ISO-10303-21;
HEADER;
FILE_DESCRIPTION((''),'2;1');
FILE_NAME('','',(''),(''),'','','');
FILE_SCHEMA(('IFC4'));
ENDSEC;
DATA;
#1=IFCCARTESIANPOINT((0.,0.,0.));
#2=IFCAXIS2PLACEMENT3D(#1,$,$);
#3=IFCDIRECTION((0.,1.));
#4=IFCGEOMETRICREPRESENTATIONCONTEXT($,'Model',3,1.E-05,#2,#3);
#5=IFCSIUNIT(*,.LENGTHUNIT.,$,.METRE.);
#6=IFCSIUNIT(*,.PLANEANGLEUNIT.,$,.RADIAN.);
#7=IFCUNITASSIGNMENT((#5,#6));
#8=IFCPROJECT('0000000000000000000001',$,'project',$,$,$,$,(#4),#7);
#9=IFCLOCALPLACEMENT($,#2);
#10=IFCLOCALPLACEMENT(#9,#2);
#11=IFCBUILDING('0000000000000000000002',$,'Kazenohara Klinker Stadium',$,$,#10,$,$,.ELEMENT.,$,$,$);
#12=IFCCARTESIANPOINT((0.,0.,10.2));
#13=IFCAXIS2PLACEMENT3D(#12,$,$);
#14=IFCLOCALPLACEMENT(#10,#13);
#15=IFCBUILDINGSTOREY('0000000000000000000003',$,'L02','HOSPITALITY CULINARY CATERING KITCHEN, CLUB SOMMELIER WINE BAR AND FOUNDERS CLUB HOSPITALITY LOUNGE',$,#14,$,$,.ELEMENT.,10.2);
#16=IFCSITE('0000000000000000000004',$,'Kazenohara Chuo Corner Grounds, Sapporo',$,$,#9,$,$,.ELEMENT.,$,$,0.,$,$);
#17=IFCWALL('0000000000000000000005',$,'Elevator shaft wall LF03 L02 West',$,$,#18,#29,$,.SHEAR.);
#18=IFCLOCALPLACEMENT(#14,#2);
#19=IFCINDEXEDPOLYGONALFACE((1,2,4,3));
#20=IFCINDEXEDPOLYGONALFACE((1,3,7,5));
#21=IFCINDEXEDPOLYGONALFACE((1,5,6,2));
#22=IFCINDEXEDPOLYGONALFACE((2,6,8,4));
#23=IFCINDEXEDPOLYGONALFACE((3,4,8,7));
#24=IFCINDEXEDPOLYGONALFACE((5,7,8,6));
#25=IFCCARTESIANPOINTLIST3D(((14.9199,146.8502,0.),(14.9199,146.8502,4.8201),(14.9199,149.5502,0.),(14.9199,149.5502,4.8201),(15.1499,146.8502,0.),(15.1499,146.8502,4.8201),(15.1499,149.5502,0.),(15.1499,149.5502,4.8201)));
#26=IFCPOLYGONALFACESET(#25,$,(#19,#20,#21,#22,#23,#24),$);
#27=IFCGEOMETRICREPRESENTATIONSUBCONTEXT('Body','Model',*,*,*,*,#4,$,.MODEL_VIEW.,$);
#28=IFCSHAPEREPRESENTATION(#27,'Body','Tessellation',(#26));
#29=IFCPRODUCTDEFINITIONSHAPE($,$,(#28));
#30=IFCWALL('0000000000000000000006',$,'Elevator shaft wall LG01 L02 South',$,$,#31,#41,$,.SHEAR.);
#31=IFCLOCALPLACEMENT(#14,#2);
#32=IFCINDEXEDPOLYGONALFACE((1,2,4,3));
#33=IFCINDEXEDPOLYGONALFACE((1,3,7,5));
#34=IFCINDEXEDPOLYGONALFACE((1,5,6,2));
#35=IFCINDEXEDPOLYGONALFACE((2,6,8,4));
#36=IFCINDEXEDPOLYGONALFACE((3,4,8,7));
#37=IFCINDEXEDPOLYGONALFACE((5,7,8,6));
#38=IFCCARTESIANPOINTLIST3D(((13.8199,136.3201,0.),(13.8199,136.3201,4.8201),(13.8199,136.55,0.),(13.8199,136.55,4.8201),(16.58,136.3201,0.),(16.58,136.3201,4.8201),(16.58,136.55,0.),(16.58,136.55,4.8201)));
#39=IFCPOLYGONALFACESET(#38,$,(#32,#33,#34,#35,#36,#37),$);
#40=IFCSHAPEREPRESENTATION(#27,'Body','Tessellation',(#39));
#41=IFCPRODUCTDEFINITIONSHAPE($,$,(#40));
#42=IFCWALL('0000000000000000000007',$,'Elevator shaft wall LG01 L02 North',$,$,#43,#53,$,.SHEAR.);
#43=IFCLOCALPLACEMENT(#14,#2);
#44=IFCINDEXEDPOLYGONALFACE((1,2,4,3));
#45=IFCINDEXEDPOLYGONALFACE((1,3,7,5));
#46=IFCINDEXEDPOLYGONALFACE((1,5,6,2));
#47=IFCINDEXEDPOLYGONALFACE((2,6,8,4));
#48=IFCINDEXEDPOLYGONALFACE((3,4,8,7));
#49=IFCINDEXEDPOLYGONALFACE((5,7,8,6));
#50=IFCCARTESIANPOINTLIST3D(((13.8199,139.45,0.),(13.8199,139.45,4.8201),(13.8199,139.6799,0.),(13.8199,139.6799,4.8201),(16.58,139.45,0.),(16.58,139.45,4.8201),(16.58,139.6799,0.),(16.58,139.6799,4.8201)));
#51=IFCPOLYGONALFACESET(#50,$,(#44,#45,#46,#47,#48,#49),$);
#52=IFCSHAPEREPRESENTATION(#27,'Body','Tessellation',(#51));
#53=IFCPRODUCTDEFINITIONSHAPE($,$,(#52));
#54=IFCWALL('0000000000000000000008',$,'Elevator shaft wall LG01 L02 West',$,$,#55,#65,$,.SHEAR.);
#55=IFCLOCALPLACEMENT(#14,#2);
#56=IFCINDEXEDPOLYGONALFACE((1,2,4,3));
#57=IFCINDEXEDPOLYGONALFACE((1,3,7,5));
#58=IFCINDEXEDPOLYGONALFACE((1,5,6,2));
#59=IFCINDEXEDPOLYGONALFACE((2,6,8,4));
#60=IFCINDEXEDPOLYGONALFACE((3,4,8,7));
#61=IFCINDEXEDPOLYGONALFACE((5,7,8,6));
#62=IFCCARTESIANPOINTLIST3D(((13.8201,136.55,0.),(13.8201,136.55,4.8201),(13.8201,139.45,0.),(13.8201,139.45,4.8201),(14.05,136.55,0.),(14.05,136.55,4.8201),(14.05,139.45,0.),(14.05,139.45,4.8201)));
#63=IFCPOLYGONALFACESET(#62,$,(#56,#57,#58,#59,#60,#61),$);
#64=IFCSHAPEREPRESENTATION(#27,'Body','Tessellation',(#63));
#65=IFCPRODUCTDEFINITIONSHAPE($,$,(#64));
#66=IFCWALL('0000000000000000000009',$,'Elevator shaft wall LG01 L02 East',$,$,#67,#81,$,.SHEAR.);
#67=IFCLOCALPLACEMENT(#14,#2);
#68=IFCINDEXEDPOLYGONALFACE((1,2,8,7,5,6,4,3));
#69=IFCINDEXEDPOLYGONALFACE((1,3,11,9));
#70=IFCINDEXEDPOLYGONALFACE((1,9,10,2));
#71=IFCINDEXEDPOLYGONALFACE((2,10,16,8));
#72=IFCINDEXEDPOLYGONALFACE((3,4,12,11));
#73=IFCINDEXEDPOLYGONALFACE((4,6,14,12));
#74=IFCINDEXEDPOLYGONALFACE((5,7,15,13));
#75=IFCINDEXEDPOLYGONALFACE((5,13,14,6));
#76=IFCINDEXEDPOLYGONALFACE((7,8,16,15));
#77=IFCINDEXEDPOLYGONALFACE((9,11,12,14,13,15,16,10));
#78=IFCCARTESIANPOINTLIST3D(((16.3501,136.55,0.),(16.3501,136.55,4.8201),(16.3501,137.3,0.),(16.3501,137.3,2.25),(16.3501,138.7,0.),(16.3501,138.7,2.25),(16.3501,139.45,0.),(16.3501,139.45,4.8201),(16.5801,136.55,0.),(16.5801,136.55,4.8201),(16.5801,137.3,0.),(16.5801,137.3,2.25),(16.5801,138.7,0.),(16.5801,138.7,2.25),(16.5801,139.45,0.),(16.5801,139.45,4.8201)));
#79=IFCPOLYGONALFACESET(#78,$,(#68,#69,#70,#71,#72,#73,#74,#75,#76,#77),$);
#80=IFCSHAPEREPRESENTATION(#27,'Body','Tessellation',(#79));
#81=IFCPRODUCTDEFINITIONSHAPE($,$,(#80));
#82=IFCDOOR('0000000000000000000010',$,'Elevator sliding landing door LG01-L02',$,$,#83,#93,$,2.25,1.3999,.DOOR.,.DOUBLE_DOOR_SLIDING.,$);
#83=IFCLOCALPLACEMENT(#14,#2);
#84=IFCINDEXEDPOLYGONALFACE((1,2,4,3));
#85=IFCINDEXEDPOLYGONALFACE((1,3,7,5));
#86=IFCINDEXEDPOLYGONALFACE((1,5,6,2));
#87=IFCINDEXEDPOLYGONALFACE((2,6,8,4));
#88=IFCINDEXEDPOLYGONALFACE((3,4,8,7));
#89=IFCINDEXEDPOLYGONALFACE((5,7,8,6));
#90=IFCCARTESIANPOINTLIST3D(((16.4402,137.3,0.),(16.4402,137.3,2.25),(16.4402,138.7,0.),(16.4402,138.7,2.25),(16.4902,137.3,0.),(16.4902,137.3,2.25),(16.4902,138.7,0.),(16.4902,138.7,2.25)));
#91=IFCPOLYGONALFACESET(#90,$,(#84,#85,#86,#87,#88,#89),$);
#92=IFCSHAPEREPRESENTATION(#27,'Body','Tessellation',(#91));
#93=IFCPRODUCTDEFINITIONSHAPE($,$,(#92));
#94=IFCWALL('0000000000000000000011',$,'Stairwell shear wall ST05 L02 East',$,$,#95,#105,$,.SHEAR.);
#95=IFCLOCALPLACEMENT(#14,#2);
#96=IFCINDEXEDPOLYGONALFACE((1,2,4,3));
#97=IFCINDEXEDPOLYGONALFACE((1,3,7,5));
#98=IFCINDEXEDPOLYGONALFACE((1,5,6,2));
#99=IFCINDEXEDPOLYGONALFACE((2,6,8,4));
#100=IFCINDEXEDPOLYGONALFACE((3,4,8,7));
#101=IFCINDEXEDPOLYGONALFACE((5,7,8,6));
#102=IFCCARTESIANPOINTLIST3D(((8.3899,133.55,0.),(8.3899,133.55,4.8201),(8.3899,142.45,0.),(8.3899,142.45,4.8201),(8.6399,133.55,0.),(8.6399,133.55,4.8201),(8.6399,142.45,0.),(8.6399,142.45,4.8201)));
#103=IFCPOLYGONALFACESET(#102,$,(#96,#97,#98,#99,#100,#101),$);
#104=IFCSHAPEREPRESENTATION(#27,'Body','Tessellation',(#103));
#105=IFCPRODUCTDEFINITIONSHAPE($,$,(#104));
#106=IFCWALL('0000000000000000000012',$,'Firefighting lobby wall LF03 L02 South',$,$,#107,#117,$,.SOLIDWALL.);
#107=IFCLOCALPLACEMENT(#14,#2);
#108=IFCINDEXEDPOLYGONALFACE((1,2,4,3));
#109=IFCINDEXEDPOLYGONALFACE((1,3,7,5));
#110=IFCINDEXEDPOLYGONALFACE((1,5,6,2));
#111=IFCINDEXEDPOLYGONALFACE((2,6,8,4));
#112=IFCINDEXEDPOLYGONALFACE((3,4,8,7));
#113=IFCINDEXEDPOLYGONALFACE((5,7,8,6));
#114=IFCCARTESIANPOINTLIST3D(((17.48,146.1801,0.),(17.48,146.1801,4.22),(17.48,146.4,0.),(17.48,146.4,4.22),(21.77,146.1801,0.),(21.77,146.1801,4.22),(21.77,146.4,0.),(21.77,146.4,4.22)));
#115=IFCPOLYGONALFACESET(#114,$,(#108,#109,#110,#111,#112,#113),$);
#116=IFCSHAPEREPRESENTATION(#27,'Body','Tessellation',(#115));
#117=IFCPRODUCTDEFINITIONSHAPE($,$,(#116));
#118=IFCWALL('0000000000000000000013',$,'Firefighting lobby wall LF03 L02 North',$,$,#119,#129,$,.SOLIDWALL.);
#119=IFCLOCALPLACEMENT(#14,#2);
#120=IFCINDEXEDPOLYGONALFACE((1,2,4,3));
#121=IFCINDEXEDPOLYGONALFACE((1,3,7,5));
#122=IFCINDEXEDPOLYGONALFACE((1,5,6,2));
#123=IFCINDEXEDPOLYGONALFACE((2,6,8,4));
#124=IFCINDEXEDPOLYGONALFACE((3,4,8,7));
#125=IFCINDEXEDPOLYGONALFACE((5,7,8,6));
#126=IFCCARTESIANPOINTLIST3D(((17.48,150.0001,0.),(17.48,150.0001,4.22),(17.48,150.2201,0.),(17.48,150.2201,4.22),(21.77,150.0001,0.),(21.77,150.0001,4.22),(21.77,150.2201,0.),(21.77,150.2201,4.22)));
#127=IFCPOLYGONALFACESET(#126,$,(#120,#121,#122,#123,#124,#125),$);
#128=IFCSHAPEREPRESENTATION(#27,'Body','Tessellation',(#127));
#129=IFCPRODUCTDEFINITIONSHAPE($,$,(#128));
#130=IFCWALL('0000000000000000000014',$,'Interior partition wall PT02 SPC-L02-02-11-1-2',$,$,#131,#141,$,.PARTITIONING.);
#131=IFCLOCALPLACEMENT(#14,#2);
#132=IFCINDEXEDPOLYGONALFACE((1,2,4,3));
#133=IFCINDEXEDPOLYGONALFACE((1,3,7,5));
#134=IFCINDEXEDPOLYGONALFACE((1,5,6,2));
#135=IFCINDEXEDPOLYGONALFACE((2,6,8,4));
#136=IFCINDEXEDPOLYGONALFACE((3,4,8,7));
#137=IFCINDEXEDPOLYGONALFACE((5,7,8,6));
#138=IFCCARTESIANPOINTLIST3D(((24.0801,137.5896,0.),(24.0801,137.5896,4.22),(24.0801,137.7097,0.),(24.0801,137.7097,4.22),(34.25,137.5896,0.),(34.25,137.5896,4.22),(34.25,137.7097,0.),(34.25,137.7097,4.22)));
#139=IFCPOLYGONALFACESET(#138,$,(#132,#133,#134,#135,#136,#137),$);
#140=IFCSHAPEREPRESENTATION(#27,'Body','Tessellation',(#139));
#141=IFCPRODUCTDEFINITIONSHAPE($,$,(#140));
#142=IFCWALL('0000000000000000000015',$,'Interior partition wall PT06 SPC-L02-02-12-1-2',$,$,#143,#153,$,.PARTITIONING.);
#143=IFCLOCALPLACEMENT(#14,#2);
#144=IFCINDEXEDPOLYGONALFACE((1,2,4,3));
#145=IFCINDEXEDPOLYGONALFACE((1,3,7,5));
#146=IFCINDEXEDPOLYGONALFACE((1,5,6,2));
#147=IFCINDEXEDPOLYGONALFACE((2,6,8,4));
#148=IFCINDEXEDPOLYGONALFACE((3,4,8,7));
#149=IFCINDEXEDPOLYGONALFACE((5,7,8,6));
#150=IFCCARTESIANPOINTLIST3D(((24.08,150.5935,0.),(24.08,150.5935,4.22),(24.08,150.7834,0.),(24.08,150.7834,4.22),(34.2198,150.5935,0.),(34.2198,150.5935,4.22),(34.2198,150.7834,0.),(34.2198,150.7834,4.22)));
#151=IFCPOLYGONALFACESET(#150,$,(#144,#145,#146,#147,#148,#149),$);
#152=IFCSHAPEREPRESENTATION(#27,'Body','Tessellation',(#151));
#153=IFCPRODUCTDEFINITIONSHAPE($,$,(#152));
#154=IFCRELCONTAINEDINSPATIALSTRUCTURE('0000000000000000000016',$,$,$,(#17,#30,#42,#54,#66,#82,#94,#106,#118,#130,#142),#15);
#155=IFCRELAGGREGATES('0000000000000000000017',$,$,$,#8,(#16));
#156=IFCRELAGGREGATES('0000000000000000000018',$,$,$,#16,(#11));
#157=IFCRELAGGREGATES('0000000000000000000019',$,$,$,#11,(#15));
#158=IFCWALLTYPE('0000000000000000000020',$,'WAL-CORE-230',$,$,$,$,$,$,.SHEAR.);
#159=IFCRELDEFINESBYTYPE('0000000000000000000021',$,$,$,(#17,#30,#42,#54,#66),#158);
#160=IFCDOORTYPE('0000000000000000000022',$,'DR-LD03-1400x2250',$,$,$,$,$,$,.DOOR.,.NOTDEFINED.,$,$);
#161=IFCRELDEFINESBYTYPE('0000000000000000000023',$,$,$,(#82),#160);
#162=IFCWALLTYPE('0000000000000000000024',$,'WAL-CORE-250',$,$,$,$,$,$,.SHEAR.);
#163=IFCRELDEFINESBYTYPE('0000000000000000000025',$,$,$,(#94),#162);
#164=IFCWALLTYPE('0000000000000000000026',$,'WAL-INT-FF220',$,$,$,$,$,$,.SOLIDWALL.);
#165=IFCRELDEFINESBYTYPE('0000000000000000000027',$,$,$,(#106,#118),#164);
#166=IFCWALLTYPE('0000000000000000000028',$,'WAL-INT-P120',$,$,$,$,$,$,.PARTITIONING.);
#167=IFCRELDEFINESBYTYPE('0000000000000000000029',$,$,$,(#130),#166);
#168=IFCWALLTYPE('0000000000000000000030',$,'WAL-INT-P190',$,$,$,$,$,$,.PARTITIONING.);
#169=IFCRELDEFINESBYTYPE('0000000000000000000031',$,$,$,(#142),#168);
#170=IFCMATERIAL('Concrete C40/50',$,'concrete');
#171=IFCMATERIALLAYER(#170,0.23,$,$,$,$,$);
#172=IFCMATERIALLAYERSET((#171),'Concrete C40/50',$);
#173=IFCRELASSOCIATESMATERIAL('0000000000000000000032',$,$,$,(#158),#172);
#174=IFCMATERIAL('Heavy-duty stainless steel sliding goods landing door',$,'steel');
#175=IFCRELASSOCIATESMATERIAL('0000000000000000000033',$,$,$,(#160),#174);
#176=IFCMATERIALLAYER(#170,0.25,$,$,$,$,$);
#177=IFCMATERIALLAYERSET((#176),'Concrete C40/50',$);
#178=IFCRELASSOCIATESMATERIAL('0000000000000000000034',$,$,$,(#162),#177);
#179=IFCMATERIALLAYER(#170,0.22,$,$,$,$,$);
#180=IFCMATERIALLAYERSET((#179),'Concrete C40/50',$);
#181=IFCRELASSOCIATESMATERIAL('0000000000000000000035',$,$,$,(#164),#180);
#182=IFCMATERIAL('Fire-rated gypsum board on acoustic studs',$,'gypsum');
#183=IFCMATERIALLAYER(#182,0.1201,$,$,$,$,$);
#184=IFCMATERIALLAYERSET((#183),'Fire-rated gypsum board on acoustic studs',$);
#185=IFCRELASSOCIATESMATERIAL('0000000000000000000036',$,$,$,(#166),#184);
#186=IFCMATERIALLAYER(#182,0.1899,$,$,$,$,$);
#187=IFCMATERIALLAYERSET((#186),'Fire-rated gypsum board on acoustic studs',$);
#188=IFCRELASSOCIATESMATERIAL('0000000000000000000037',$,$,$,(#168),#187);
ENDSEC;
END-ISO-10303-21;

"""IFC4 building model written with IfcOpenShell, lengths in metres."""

from ifc_helpers import new_model, si_unit, direction, frame, frame_2d, origin, place, context, subcontext, project, spatial, rectangle, extrude, material, layer, layer_set, type_object, element, fill, save


model = new_model("IFC4")

# Units and contexts
model_context = context("Model", 3, precision=1e-05, world=origin(), true_north=direction((0.0, 1.0)))
body_context = subcontext(model_context, "Body", "Model", "MODEL_VIEW")
ifc_project = project(units=[si_unit("LENGTHUNIT", "METRE"), si_unit("PLANEANGLEUNIT", "RADIAN")], contexts=[model_context])

# Site, building, storey
site_placement = place(None, origin())
site = spatial("IfcSite", under=ifc_project, at=site_placement, Name="Kazenohara Chuo Corner Grounds, Sapporo", CompositionType="ELEMENT", RefElevation=0.0)
building_placement = place(site_placement, origin())
building = spatial("IfcBuilding", under=site, at=building_placement, Name="Kazenohara Klinker Stadium", CompositionType="ELEMENT")
storey_placement = place(building_placement, frame((0.0, 0.0, 10.2)))
storey = spatial("IfcBuildingStorey", under=building, at=storey_placement, Name="L02", Description="HOSPITALITY CULINARY CATERING KITCHEN, CLUB SOMMELIER WINE BAR AND FOUNDERS CLUB HOSPITALITY LOUNGE", CompositionType="ELEMENT", Elevation=10.2)

# Shared definitions
ifc_material_1 = material(Name="Concrete C40/50", Category="concrete")

# Wall
ifc_layer_1 = layer(ifc_material_1, 0.23)
ifc_layer_set_1 = layer_set([ifc_layer_1], Name="Concrete C40/50")
wall_type_1 = type_object("IfcWallType", Name="WAL-CORE-230", PredefinedType="SHEAR", material=ifc_layer_set_1)
wall_1_placement = place(storey_placement, frame((15.0349, 146.8501, 0.0), z_axis=(0.0, 0.0, 1.0), x_axis=(0.0, 1.0, 0.0)))
element("IfcWall", 1, at=wall_1_placement, inside=storey, type_object=wall_type_1, Name="Elevator shaft wall LF03 L02 West", PredefinedType="SHEAR", context=body_context, shape_type="SweptSolid", body=[
    extrude(rectangle(XDim=2.7, YDim=0.23, at=frame_2d((1.3501, 0.0))), origin(), (0.0, 0.0, 1.0), 4.8201),
])

# Walls
for number, where, z_axis, x_axis, name in (
    (2, (13.8201, 136.4351, 0.0), (0.0, 0.0, 1.0), (1.0, 0.0, 0.0), "Elevator shaft wall LG01 L02 South"),
    (3, (13.8201, 139.5649, 0.0), (0.0, 0.0, 1.0), (1.0, 0.0, 0.0), "Elevator shaft wall LG01 L02 North"),
):
    element("IfcWall", number, at=place(storey_placement, frame(where, z_axis=z_axis, x_axis=x_axis)), inside=storey, type_object=wall_type_1, Name=name, PredefinedType="SHEAR", context=body_context, shape_type="SweptSolid", body=[
        extrude(rectangle(XDim=2.76, YDim=0.23, at=frame_2d((1.3799, 0.0))), origin(), (0.0, 0.0, 1.0), 4.8201),
    ])
wall_2_placement = place(storey_placement, frame((13.9351, 136.55, 0.0), z_axis=(0.0, 0.0, 1.0), x_axis=(0.0, 1.0, 0.0)))
element("IfcWall", 4, at=wall_2_placement, inside=storey, type_object=wall_type_1, Name="Elevator shaft wall LG01 L02 West", PredefinedType="SHEAR", context=body_context, shape_type="SweptSolid", body=[
    extrude(rectangle(XDim=2.8999, YDim=0.23, at=frame_2d((1.45, 0.0))), origin(), (0.0, 0.0, 1.0), 4.8201),
])

# Wall, opening, door
wall_3_placement = place(storey_placement, frame((16.4651, 136.55, 0.0), z_axis=(0.0, 0.0, 1.0), x_axis=(0.0, 1.0, 0.0)))
wall_3 = element("IfcWall", 5, at=wall_3_placement, inside=storey, type_object=wall_type_1, Name="Elevator shaft wall LG01 L02 East", PredefinedType="SHEAR", context=body_context, shape_type="SweptSolid", body=[
    extrude(rectangle(XDim=2.8999, YDim=0.23, at=frame_2d((1.45, 0.0))), origin(), (0.0, 0.0, 1.0), 4.8201),
])
opening_1_placement = place(wall_3_placement, frame((0.75, 0.0, 0.0)))
opening_1 = element("IfcOpeningElement", 6, at=opening_1_placement, cuts=wall_3, PredefinedType="OPENING", context=body_context, shape_type="SweptSolid", body=[
    extrude(rectangle(XDim=1.3999, YDim=2.25, at=frame_2d((0.7, 1.125))), frame((0.0, 0.125, 0.0), z_axis=(0.0, -1.0, 0.0), x_axis=(1.0, 0.0, 0.0)), (0.0, 0.0, 1.0), 0.25),
])
ifc_material_2 = material(Name="Heavy-duty stainless steel sliding goods landing door", Category="steel")
door_type_1 = type_object("IfcDoorType", Name="DR-LD03-1400x2250", OperationType="NOTDEFINED", PredefinedType="DOOR", material=ifc_material_2)
door_1_placement = place(opening_1_placement, origin())
door_1 = element("IfcDoor", 7, at=door_1_placement, inside=storey, type_object=door_type_1, Name="Elevator sliding landing door LG01-L02", OperationType="DOUBLE_DOOR_SLIDING", OverallHeight=2.25, OverallWidth=1.3999, PredefinedType="DOOR", context=body_context, shape_type="SweptSolid", body=[
    extrude(rectangle(XDim=1.3999, YDim=2.25, at=frame_2d((0.7, 1.125))), frame((0.0, 0.0249, 0.0), z_axis=(0.0, -1.0, 0.0), x_axis=(1.0, 0.0, 0.0)), (0.0, 0.0, 1.0), 0.05),
])
fill(opening_1, door_1)

# Walls
ifc_layer_2 = layer(ifc_material_1, 0.25)
ifc_layer_set_2 = layer_set([ifc_layer_2], Name="Concrete C40/50")
wall_type_2 = type_object("IfcWallType", Name="WAL-CORE-250", PredefinedType="SHEAR", material=ifc_layer_set_2)
wall_4_placement = place(storey_placement, frame((8.5149, 133.55, 0.0), z_axis=(0.0, 0.0, 1.0), x_axis=(0.0, 1.0, 0.0)))
element("IfcWall", 8, at=wall_4_placement, inside=storey, type_object=wall_type_2, Name="Stairwell shear wall ST05 L02 East", PredefinedType="SHEAR", context=body_context, shape_type="SweptSolid", body=[
    extrude(rectangle(XDim=8.8999, YDim=0.25, at=frame_2d((4.45, 0.0))), origin(), (0.0, 0.0, 1.0), 4.8201),
])
ifc_layer_3 = layer(ifc_material_1, 0.22)
ifc_layer_set_3 = layer_set([ifc_layer_3], Name="Concrete C40/50")
wall_type_3 = type_object("IfcWallType", Name="WAL-INT-FF220", PredefinedType="SOLIDWALL", material=ifc_layer_set_3)
for number, where, z_axis, x_axis, name in (
    (9, (17.48, 146.29, 0.0), (0.0, 0.0, 1.0), (1.0, 0.0, 0.0), "Firefighting lobby wall LF03 L02 South"),
    (10, (17.48, 150.1101, 0.0), (0.0, 0.0, 1.0), (1.0, 0.0, 0.0), "Firefighting lobby wall LF03 L02 North"),
):
    element("IfcWall", number, at=place(storey_placement, frame(where, z_axis=z_axis, x_axis=x_axis)), inside=storey, type_object=wall_type_3, Name=name, PredefinedType="SOLIDWALL", context=body_context, shape_type="SweptSolid", body=[
        extrude(rectangle(XDim=4.29, YDim=0.22, at=frame_2d((2.145, 0.0))), origin(), (0.0, 0.0, 1.0), 4.22),
    ])

# Walls
ifc_material_3 = material(Name="Fire-rated gypsum board on acoustic studs", Category="gypsum")
ifc_layer_4 = layer(ifc_material_3, 0.1201)
ifc_layer_set_4 = layer_set([ifc_layer_4], Name="Fire-rated gypsum board on acoustic studs")
wall_type_4 = type_object("IfcWallType", Name="WAL-INT-P120", PredefinedType="PARTITIONING", material=ifc_layer_set_4)
wall_5_placement = place(storey_placement, frame((24.0801, 137.6497, 0.0), z_axis=(0.0, 0.0, 1.0), x_axis=(1.0, 0.0, 0.0)))
element("IfcWall", 11, at=wall_5_placement, inside=storey, type_object=wall_type_4, Name="Interior partition wall PT02 SPC-L02-02-11-1-2", PredefinedType="PARTITIONING", context=body_context, shape_type="SweptSolid", body=[
    extrude(rectangle(XDim=10.1699, YDim=0.1201, at=frame_2d((5.085, 0.0))), origin(), (0.0, 0.0, 1.0), 4.22),
])
ifc_layer_5 = layer(ifc_material_3, 0.1899)
ifc_layer_set_5 = layer_set([ifc_layer_5], Name="Fire-rated gypsum board on acoustic studs")
wall_type_5 = type_object("IfcWallType", Name="WAL-INT-P190", PredefinedType="PARTITIONING", material=ifc_layer_set_5)
wall_6_placement = place(storey_placement, frame((24.0801, 150.6885, 0.0), z_axis=(0.0, 0.0, 1.0), x_axis=(1.0, 0.0, 0.0)))
element("IfcWall", 12, at=wall_6_placement, inside=storey, type_object=wall_type_5, Name="Interior partition wall PT06 SPC-L02-02-12-1-2", PredefinedType="PARTITIONING", context=body_context, shape_type="SweptSolid", body=[
    extrude(rectangle(XDim=10.1399, YDim=0.1899, at=frame_2d((5.0698, 0.0))), origin(), (0.0, 0.0, 1.0), 4.22),
])

save(model, "model.ifc")
